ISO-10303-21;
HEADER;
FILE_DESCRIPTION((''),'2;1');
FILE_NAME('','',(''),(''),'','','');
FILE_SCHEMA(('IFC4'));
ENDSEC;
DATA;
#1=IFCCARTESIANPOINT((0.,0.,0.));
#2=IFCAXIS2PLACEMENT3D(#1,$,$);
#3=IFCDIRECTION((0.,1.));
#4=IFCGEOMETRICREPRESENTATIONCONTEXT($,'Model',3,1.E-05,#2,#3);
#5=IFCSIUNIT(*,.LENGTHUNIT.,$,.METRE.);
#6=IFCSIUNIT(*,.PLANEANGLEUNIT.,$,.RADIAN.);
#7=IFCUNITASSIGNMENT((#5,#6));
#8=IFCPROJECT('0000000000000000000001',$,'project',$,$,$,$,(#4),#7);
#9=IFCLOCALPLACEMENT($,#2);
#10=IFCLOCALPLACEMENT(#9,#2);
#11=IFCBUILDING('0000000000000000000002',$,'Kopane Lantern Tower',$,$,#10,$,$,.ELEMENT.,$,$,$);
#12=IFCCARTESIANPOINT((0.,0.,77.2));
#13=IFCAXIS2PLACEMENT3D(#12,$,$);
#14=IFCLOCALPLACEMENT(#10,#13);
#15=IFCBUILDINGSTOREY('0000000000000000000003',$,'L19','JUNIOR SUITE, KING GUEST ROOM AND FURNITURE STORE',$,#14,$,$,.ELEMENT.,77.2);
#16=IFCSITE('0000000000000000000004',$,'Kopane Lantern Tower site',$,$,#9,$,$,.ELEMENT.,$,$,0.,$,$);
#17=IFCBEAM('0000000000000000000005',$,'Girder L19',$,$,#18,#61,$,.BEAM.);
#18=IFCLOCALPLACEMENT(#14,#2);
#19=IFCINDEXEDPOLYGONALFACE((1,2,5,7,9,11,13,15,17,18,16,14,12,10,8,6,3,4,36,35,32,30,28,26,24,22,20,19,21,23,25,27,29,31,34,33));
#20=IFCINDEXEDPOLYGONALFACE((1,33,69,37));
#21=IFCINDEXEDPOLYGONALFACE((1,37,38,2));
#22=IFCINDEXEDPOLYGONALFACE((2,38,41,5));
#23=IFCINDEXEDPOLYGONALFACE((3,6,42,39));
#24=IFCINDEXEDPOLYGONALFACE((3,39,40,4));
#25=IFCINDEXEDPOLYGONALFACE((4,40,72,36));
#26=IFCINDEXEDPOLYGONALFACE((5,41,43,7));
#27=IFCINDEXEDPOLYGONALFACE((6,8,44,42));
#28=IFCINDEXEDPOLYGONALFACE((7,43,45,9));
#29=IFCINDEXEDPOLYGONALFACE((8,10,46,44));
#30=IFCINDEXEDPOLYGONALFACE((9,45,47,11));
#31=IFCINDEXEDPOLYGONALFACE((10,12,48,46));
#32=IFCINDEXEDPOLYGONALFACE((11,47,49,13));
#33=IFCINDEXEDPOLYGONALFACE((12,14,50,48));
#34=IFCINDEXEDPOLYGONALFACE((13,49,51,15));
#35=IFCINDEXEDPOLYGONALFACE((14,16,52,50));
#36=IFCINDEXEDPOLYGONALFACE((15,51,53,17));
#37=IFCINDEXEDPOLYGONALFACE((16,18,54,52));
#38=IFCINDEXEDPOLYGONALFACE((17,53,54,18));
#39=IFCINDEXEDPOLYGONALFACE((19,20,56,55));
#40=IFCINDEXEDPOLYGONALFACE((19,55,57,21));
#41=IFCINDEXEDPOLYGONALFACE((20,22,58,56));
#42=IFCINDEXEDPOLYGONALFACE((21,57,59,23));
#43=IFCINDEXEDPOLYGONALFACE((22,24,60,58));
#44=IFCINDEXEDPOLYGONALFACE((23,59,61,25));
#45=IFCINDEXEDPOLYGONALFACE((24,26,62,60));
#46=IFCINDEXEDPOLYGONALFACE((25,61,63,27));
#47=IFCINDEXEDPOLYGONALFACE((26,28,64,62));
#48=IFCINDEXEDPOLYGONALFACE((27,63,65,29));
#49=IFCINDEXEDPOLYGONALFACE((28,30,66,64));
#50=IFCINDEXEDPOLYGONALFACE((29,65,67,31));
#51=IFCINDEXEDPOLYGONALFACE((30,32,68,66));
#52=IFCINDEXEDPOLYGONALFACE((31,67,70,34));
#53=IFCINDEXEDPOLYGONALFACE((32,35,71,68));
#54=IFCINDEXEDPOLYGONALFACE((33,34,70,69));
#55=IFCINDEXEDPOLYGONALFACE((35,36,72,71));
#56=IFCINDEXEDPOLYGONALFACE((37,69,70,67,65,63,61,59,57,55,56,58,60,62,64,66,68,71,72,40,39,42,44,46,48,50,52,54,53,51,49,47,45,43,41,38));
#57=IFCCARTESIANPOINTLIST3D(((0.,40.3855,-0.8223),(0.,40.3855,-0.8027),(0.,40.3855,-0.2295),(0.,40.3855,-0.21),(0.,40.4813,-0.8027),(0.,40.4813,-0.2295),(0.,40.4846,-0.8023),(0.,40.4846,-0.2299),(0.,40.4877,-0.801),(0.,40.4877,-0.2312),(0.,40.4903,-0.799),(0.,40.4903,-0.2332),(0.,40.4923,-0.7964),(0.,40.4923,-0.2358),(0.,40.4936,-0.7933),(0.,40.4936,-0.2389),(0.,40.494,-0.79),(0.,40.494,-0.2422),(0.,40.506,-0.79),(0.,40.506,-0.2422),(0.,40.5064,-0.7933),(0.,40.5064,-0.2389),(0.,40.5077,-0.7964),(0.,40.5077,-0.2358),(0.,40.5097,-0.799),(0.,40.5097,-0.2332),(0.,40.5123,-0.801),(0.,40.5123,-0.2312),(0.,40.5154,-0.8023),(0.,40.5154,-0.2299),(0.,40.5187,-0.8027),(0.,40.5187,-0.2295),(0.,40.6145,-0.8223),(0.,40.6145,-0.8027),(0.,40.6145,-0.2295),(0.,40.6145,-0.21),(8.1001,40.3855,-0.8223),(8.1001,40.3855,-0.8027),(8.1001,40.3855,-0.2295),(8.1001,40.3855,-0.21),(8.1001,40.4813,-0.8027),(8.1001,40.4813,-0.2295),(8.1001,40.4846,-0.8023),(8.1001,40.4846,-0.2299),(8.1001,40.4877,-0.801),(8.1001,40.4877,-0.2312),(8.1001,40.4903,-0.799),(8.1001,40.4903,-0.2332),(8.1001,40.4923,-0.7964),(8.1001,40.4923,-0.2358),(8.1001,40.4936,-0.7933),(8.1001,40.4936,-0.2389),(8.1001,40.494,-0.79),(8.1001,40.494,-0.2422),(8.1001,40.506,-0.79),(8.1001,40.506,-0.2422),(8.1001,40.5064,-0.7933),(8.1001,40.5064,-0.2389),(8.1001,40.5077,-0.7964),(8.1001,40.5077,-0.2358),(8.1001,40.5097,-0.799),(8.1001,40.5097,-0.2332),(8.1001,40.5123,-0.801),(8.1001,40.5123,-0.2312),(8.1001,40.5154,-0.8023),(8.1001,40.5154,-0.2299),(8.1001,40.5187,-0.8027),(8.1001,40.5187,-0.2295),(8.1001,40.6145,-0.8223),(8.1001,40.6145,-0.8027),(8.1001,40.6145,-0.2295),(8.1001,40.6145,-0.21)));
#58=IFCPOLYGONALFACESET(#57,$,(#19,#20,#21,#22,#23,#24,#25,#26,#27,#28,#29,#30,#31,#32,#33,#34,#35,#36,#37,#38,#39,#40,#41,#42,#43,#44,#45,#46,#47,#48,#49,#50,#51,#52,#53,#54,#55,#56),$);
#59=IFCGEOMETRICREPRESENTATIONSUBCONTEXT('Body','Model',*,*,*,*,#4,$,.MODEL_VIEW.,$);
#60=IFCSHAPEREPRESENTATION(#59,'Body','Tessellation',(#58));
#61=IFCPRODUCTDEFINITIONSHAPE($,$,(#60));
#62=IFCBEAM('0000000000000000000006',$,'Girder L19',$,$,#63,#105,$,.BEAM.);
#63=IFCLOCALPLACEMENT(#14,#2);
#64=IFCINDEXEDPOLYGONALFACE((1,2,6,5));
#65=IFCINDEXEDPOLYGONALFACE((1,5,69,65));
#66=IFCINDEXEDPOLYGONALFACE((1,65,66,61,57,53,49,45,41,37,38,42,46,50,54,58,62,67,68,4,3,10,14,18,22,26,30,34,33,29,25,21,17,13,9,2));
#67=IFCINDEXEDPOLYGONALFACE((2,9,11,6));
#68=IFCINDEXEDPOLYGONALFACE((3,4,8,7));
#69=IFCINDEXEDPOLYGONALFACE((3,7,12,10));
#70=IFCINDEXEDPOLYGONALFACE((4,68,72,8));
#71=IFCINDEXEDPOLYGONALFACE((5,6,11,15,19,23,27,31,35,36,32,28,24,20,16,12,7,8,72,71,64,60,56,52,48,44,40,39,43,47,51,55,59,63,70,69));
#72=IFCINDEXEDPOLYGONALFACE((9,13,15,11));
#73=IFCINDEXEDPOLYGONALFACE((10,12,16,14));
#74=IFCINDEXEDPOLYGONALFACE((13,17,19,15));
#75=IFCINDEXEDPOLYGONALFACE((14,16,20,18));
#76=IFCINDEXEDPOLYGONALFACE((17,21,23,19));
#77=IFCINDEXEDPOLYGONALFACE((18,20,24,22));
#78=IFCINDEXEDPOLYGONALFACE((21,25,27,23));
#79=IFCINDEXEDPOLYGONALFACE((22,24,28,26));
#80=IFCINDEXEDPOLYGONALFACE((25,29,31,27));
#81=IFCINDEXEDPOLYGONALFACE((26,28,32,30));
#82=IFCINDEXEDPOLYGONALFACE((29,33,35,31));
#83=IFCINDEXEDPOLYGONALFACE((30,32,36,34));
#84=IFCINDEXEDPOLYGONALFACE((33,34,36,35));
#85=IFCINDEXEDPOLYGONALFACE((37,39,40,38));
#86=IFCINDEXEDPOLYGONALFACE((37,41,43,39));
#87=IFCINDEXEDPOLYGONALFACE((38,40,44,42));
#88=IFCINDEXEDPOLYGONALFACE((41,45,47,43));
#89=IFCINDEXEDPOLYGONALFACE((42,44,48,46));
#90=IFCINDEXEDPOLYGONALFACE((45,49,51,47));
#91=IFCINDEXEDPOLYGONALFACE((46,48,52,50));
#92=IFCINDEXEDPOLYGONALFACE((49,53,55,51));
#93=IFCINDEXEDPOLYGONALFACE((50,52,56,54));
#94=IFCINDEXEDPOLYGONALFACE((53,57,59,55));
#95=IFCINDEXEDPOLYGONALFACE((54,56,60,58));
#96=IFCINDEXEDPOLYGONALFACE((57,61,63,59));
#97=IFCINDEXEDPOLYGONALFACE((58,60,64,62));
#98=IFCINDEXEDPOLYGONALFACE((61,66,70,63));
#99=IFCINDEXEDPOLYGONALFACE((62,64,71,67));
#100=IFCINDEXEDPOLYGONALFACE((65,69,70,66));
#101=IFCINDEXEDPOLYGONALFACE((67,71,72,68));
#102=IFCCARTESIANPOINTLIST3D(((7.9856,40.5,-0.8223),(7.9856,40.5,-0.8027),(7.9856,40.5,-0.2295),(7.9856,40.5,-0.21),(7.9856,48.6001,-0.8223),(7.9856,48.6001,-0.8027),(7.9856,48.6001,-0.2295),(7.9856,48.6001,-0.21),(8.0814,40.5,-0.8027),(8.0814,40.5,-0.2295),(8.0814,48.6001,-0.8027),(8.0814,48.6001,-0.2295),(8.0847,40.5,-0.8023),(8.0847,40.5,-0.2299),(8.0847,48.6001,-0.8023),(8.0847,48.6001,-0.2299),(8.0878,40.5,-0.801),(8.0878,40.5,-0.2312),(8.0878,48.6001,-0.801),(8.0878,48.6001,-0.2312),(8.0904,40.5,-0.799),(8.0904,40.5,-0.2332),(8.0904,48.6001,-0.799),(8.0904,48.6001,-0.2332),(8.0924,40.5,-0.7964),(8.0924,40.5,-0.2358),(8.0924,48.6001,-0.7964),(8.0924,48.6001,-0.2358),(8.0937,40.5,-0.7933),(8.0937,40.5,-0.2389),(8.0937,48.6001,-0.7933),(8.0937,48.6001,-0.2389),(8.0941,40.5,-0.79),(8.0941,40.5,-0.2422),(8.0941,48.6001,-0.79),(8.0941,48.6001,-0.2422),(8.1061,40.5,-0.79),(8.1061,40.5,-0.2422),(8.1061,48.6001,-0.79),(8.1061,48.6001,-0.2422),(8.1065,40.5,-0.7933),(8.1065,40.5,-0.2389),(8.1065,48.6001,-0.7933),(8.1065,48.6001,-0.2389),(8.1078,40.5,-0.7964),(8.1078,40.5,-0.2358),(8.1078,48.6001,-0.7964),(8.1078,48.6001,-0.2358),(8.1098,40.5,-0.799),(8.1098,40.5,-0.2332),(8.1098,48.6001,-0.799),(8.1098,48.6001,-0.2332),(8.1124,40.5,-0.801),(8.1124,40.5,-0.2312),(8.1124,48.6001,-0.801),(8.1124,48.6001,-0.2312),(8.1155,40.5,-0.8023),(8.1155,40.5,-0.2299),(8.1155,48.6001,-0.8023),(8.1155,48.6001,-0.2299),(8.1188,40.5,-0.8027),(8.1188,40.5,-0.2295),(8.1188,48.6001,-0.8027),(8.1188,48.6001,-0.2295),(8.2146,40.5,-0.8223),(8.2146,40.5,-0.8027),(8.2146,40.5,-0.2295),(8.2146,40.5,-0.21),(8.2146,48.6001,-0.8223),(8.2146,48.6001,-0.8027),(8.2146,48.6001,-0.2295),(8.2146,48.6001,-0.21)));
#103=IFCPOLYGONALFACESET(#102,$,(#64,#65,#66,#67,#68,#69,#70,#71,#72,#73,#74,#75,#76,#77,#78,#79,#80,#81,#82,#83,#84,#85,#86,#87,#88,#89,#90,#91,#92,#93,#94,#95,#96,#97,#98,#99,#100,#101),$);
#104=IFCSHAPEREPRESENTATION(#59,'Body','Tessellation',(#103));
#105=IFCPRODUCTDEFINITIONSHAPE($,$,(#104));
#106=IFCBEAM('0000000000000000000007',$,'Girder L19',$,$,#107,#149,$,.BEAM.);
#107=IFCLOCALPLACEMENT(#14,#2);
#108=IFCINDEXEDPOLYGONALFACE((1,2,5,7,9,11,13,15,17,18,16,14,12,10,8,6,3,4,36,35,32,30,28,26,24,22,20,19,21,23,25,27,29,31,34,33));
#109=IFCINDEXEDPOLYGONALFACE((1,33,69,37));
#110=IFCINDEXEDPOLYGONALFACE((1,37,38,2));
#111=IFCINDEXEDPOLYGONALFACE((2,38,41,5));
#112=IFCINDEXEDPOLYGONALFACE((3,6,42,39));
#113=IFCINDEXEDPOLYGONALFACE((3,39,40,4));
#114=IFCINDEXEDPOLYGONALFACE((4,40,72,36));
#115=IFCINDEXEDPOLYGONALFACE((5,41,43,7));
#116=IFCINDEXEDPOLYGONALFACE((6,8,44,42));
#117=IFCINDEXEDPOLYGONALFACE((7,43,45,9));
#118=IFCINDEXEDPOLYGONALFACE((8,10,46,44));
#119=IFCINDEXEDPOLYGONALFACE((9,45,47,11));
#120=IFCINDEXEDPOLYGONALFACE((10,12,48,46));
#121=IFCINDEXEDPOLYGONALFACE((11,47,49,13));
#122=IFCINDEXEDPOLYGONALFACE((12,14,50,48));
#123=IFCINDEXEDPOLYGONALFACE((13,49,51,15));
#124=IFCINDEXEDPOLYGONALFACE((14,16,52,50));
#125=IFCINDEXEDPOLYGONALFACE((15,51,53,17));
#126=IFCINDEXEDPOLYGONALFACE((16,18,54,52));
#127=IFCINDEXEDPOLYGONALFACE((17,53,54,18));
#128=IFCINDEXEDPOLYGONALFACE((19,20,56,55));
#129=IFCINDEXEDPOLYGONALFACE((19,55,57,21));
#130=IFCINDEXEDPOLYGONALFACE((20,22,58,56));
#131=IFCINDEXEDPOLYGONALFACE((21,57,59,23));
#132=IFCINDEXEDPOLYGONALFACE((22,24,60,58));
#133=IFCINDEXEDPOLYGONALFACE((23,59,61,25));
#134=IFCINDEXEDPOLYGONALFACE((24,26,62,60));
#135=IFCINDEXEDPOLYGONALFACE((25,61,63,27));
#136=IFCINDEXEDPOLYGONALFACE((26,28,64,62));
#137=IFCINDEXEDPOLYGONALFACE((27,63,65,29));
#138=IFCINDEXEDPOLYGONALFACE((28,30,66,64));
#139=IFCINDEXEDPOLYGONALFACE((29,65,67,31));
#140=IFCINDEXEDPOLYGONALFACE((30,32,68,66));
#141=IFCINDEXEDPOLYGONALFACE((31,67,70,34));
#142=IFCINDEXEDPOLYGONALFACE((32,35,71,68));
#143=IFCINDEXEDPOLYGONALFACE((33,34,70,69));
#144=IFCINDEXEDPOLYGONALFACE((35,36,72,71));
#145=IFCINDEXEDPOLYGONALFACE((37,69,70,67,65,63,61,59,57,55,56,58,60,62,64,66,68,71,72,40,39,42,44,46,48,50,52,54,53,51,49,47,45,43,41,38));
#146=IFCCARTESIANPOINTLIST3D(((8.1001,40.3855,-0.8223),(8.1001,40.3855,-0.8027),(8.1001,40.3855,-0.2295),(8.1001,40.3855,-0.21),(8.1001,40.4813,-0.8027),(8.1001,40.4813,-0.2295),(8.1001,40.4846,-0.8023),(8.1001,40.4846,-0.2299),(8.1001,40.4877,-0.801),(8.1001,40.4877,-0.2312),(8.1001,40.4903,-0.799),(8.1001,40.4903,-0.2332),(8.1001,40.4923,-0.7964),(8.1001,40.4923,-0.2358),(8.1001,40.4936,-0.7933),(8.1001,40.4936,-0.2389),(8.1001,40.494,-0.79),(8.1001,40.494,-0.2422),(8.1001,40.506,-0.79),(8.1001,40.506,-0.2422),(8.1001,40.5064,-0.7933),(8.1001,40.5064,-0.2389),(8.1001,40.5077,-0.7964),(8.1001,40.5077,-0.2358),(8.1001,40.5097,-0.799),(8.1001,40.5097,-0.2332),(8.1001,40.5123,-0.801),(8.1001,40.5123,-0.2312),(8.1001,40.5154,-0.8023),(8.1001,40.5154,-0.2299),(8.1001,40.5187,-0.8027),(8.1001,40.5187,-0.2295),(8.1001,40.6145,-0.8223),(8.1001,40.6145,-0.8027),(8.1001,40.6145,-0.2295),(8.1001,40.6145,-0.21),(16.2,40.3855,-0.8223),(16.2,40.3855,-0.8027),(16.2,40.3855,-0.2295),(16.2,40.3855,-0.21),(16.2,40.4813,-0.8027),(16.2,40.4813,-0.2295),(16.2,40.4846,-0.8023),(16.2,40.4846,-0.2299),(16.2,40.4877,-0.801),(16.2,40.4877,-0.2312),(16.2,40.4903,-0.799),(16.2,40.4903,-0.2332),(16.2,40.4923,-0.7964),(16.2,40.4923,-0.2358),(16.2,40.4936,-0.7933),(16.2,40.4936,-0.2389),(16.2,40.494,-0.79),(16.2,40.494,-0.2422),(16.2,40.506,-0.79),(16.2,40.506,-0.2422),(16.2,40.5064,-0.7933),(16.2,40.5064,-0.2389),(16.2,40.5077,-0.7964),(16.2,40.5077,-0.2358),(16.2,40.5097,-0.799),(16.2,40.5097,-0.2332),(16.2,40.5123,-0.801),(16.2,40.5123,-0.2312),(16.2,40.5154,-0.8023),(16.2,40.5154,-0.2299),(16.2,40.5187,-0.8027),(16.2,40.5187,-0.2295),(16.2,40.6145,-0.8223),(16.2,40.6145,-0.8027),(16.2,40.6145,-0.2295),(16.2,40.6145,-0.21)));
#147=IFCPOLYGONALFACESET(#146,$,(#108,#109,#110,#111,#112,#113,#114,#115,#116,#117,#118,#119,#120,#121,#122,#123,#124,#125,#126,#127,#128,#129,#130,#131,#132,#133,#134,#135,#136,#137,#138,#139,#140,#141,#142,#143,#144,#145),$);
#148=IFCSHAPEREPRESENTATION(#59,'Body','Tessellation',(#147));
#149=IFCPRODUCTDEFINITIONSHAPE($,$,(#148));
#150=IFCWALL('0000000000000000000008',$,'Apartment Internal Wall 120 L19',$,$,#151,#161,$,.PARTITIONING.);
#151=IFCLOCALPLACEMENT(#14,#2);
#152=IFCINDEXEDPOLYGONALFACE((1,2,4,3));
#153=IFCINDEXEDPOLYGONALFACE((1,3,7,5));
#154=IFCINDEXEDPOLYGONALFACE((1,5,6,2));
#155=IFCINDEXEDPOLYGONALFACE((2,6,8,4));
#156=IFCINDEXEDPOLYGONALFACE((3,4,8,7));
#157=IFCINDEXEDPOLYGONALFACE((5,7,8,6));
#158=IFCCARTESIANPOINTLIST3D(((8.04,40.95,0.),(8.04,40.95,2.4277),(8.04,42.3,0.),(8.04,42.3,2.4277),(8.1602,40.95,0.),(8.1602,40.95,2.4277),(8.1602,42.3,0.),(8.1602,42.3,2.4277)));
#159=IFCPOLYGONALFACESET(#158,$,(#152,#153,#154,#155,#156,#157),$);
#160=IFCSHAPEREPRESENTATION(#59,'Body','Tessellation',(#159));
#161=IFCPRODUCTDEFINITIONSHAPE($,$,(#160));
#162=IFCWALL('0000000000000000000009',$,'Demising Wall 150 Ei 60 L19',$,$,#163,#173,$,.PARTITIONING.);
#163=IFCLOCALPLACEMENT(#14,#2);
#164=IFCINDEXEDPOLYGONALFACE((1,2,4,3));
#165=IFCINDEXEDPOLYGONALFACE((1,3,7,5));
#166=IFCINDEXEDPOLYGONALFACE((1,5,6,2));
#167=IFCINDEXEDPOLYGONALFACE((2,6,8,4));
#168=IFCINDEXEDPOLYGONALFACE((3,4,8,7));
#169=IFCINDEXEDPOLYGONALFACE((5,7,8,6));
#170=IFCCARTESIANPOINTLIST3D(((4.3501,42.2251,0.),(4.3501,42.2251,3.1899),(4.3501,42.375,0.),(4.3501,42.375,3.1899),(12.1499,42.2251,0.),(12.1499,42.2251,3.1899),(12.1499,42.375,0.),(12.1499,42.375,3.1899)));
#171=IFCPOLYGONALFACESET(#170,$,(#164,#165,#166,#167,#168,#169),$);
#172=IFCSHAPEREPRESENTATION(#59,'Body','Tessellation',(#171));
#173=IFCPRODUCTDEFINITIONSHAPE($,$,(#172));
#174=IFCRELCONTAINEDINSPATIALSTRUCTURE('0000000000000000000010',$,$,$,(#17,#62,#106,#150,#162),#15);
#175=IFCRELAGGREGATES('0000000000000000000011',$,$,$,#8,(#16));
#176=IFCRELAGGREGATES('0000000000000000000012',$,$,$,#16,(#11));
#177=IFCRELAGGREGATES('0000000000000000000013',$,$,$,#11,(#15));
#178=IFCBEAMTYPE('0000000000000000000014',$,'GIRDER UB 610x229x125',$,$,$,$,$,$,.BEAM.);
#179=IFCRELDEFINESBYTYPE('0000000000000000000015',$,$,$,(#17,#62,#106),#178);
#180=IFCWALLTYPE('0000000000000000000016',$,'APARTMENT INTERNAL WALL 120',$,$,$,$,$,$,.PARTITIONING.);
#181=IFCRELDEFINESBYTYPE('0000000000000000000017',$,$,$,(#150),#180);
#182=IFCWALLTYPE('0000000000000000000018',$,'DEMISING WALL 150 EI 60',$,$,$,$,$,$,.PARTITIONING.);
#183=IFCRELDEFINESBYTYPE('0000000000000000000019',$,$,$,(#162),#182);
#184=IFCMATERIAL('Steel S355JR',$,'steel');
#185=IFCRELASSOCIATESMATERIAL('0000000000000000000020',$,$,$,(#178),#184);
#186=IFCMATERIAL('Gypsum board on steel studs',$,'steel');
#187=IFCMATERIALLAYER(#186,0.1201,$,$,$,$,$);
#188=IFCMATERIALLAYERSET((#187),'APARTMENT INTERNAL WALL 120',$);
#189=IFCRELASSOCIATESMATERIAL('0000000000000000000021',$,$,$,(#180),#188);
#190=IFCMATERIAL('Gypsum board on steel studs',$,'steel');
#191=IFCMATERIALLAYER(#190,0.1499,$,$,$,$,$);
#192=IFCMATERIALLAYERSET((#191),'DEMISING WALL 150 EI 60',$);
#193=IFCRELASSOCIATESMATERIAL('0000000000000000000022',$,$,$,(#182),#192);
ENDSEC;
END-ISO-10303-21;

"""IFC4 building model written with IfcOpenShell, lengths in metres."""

from ifc_helpers import new_model, si_unit, direction, frame, frame_2d, origin, origin_2d, place, context, subcontext, project, spatial, rectangle, i_section, extrude, material, layer, layer_set, material_profile, profile_set, type_object, element, save


model = new_model("IFC4")

# Units and contexts
model_context = context("Model", 3, precision=1e-05, world=origin(), true_north=direction((0.0, 1.0)))
body_context = subcontext(model_context, "Body", "Model", "MODEL_VIEW")
ifc_project = project(units=[si_unit("LENGTHUNIT", "METRE"), si_unit("PLANEANGLEUNIT", "RADIAN")], contexts=[model_context])

# Site, building, storey
site_placement = place(None, origin())
site = spatial("IfcSite", under=ifc_project, at=site_placement, Name="Kopane Lantern Tower site", CompositionType="ELEMENT", RefElevation=0.0)
building_placement = place(site_placement, origin())
building = spatial("IfcBuilding", under=site, at=building_placement, Name="Kopane Lantern Tower", CompositionType="ELEMENT")
storey_placement = place(building_placement, frame((0.0, 0.0, 77.2)))
storey = spatial("IfcBuildingStorey", under=building, at=storey_placement, Name="L19", Description="JUNIOR SUITE, KING GUEST ROOM AND FURNITURE STORE", CompositionType="ELEMENT", Elevation=77.2)

# Beams
ifc_material_1 = material(Name="Steel S355JR", Category="steel")
ifc_material_profile_1 = material_profile(ifc_material_1, i_section(OverallWidth=0.229, OverallDepth=0.6123, WebThickness=0.012, FlangeThickness=0.0195, FilletRadius=0.0127, at=origin_2d()), Name="UB 610x229x125")
ifc_profile_set_1 = profile_set([ifc_material_profile_1], Name="Steel S355JR")
beam_type_1 = type_object("IfcBeamType", Name="GIRDER UB 610x229x125", PredefinedType="BEAM", material=ifc_profile_set_1)
for number, where, z_axis, x_axis, name in (
    (1, (0.0, 40.5, -0.5161), (1.0, 0.0, 0.0), (0.0, 1.0, 0.0), "Girder L19"),
    (2, (8.1001, 40.5, -0.5161), (0.0, 1.0, 0.0), (-1.0, 0.0, 0.0), "Girder L19"),
):
    element("IfcBeam", number, at=place(storey_placement, frame(where, z_axis=z_axis, x_axis=x_axis)), inside=storey, type_object=beam_type_1, Name=name, PredefinedType="BEAM", context=body_context, shape_type="SweptSolid", body=[
        extrude(i_section(OverallWidth=0.229, OverallDepth=0.6123, WebThickness=0.012, FlangeThickness=0.0195, FilletRadius=0.0127, at=origin_2d()), origin(), (0.0, 0.0, 1.0), 8.1001),
    ])
beam_1_placement = place(storey_placement, frame((8.1001, 40.5, -0.5161), z_axis=(1.0, 0.0, 0.0), x_axis=(0.0, 1.0, 0.0)))
element("IfcBeam", 3, at=beam_1_placement, inside=storey, type_object=beam_type_1, Name="Girder L19", PredefinedType="BEAM", context=body_context, shape_type="SweptSolid", body=[
    extrude(i_section(OverallWidth=0.229, OverallDepth=0.6123, WebThickness=0.012, FlangeThickness=0.0195, FilletRadius=0.0127, at=origin_2d()), origin(), (0.0, 0.0, 1.0), 8.0999),
])

# Walls
ifc_material_2 = material(Name="Gypsum board on steel studs", Category="steel")
ifc_layer_1 = layer(ifc_material_2, 0.1201)
ifc_layer_set_1 = layer_set([ifc_layer_1], Name="APARTMENT INTERNAL WALL 120")
wall_type_1 = type_object("IfcWallType", Name="APARTMENT INTERNAL WALL 120", PredefinedType="PARTITIONING", material=ifc_layer_set_1)
wall_1_placement = place(storey_placement, frame((8.1001, 42.3, 0.0), z_axis=(0.0, 0.0, 1.0), x_axis=(0.0, -1.0, 0.0)))
element("IfcWall", 4, at=wall_1_placement, inside=storey, type_object=wall_type_1, Name="Apartment Internal Wall 120 L19", PredefinedType="PARTITIONING", context=body_context, shape_type="SweptSolid", body=[
    extrude(rectangle(XDim=1.3501, YDim=0.1201, at=frame_2d((0.675, 0.0))), origin(), (0.0, 0.0, 1.0), 2.4277),
])
ifc_material_3 = material(Name="Gypsum board on steel studs", Category="steel")
ifc_layer_2 = layer(ifc_material_3, 0.1499)
ifc_layer_set_2 = layer_set([ifc_layer_2], Name="DEMISING WALL 150 EI 60")
wall_type_2 = type_object("IfcWallType", Name="DEMISING WALL 150 EI 60", PredefinedType="PARTITIONING", material=ifc_layer_set_2)
wall_2_placement = place(storey_placement, frame((4.3501, 42.3, 0.0), z_axis=(0.0, 0.0, 1.0), x_axis=(1.0, 0.0, 0.0)))
element("IfcWall", 5, at=wall_2_placement, inside=storey, type_object=wall_type_2, Name="Demising Wall 150 Ei 60 L19", PredefinedType="PARTITIONING", context=body_context, shape_type="SweptSolid", body=[
    extrude(rectangle(XDim=7.7998, YDim=0.1499, at=frame_2d((3.8999, 0.0))), origin(), (0.0, 0.0, 1.0), 3.1899),
])

save(model, "model.ifc")
